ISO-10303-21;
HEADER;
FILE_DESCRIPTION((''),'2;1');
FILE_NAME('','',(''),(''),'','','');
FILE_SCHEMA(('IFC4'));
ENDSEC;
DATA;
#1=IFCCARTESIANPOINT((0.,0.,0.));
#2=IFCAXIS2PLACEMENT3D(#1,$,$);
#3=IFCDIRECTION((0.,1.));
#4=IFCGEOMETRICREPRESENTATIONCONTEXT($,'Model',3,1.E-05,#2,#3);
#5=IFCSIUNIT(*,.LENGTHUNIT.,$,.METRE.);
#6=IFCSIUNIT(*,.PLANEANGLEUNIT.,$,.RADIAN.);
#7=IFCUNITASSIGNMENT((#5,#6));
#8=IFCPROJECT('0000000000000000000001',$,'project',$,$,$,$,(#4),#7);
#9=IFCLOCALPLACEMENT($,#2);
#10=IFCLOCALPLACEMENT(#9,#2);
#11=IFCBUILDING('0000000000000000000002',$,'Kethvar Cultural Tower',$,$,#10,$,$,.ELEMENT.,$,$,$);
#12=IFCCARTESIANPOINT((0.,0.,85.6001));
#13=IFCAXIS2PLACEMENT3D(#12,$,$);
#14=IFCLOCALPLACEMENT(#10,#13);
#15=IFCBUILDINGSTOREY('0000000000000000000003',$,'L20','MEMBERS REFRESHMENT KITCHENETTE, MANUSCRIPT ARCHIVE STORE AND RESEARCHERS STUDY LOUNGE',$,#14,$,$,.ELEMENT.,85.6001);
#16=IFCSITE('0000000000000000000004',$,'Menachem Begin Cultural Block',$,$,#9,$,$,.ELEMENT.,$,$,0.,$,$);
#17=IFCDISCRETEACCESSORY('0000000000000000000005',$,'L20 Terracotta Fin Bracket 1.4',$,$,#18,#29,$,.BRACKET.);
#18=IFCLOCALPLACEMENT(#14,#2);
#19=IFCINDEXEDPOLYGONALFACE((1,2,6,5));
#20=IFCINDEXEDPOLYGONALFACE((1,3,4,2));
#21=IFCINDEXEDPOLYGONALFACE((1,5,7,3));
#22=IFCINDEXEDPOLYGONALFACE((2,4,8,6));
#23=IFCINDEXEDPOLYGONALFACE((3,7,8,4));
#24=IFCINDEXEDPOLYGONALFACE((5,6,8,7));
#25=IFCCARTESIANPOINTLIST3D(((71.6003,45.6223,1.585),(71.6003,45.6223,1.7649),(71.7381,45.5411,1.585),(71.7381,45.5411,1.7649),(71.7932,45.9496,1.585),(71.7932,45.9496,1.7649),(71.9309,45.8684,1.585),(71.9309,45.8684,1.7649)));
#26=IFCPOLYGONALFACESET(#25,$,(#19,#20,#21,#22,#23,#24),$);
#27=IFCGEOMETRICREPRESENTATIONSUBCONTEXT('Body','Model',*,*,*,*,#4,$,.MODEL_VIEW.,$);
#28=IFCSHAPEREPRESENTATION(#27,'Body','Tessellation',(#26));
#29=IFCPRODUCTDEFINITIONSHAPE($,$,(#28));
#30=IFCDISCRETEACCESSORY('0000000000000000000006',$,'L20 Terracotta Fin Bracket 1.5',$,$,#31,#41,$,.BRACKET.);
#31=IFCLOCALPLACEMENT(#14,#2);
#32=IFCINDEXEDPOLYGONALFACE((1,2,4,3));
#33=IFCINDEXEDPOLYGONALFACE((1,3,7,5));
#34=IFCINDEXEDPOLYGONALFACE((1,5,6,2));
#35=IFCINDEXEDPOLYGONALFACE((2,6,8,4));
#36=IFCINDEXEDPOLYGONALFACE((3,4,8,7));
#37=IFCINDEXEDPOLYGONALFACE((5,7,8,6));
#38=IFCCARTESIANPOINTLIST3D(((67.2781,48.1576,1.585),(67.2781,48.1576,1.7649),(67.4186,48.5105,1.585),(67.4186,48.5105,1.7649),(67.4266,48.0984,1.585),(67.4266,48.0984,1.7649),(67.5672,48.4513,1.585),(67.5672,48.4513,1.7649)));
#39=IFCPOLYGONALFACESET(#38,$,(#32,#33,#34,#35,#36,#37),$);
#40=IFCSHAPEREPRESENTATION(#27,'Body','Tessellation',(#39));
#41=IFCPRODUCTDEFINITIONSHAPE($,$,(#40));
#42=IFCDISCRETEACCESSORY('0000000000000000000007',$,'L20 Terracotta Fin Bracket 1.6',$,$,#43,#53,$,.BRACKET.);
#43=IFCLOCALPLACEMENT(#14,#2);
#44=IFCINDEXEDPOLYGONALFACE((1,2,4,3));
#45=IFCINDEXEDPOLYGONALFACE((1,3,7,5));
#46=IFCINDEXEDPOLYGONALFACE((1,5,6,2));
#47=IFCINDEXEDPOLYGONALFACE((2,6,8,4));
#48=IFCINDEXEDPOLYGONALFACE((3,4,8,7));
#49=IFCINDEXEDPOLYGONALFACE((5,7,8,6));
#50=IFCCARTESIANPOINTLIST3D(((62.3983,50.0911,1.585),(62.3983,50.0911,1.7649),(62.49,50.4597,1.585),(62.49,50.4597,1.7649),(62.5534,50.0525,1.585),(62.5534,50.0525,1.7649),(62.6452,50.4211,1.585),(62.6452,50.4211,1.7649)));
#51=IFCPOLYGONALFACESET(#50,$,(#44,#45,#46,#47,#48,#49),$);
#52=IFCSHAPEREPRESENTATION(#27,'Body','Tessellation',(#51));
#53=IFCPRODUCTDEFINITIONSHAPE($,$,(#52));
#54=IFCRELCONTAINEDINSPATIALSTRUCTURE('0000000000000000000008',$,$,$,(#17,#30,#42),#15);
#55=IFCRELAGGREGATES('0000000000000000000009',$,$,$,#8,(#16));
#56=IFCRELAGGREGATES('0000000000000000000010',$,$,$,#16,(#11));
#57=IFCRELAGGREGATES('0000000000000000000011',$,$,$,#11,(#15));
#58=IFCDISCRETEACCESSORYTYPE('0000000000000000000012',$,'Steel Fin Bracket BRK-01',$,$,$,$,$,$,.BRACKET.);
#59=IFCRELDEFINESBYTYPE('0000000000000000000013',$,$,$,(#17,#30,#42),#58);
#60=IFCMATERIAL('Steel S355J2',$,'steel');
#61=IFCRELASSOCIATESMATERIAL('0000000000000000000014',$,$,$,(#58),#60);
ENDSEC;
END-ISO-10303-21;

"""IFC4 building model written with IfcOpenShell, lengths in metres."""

from ifc_helpers import new_model, si_unit, direction, frame, origin, origin_2d, place, context, subcontext, project, spatial, rectangle, extrude, source, transform, mapped, material, type_object, element, save


model = new_model("IFC4")

# Units and contexts
model_context = context("Model", 3, precision=1e-05, world=origin(), true_north=direction((0.0, 1.0)))
body_context = subcontext(model_context, "Body", "Model", "MODEL_VIEW")
ifc_project = project(units=[si_unit("LENGTHUNIT", "METRE"), si_unit("PLANEANGLEUNIT", "RADIAN")], contexts=[model_context])

# Site, building, storey
site_placement = place(None, origin())
site = spatial("IfcSite", under=ifc_project, at=site_placement, Name="Menachem Begin Cultural Block", CompositionType="ELEMENT", RefElevation=0.0)
building_placement = place(site_placement, origin())
building = spatial("IfcBuilding", under=site, at=building_placement, Name="Kethvar Cultural Tower", CompositionType="ELEMENT")
storey_placement = place(building_placement, frame((0.0, 0.0, 85.6001)))
storey = spatial("IfcBuildingStorey", under=building, at=storey_placement, Name="L20", Description="MEMBERS REFRESHMENT KITCHENETTE, MANUSCRIPT ARCHIVE STORE AND RESEARCHERS STUDY LOUNGE", CompositionType="ELEMENT", Elevation=85.6001)

# Shared definitions
ifc_material_1 = material(Name="Steel S355J2", Category="steel")

# Discrete accessories
discrete_accessory_type = type_object("IfcDiscreteAccessoryType", Name="Steel Fin Bracket BRK-01", PredefinedType="BRACKET", material=ifc_material_1)
shared_shape_1 = source(origin(), body_context, "Body", "SweptSolid", [
    extrude(rectangle(XDim=0.3799, YDim=0.1599, at=origin_2d()), origin(), (0.0, 0.0, 1.0), 0.1799),
])
for number, where, z_axis, x_axis, name in (
    (1, (71.7656, 45.7454, 1.585), (0.0, 0.0, 1.0), (0.507689, 0.861541, 0.0), "L20 Terracotta Fin Bracket 1.4"),
    (2, (67.4226, 48.3044, 1.585), (0.0, 0.0, 1.0), (0.369909, 0.929068, 0.0), "L20 Terracotta Fin Bracket 1.5"),
    (3, (62.5217, 50.2561, 1.585), (0.0, 0.0, 1.0), (0.241583, 0.97038, 0.0), "L20 Terracotta Fin Bracket 1.6"),
):
    element("IfcDiscreteAccessory", number, at=place(storey_placement, frame(where, z_axis=z_axis, x_axis=x_axis)), inside=storey, type_object=discrete_accessory_type, Name=name, PredefinedType="BRACKET", context=body_context, shape_type="MappedRepresentation", body=[
        mapped(shared_shape_1, transform((0.0, 0.0, 0.0), scale=1.0)),
    ])

save(model, "model.ifc")
